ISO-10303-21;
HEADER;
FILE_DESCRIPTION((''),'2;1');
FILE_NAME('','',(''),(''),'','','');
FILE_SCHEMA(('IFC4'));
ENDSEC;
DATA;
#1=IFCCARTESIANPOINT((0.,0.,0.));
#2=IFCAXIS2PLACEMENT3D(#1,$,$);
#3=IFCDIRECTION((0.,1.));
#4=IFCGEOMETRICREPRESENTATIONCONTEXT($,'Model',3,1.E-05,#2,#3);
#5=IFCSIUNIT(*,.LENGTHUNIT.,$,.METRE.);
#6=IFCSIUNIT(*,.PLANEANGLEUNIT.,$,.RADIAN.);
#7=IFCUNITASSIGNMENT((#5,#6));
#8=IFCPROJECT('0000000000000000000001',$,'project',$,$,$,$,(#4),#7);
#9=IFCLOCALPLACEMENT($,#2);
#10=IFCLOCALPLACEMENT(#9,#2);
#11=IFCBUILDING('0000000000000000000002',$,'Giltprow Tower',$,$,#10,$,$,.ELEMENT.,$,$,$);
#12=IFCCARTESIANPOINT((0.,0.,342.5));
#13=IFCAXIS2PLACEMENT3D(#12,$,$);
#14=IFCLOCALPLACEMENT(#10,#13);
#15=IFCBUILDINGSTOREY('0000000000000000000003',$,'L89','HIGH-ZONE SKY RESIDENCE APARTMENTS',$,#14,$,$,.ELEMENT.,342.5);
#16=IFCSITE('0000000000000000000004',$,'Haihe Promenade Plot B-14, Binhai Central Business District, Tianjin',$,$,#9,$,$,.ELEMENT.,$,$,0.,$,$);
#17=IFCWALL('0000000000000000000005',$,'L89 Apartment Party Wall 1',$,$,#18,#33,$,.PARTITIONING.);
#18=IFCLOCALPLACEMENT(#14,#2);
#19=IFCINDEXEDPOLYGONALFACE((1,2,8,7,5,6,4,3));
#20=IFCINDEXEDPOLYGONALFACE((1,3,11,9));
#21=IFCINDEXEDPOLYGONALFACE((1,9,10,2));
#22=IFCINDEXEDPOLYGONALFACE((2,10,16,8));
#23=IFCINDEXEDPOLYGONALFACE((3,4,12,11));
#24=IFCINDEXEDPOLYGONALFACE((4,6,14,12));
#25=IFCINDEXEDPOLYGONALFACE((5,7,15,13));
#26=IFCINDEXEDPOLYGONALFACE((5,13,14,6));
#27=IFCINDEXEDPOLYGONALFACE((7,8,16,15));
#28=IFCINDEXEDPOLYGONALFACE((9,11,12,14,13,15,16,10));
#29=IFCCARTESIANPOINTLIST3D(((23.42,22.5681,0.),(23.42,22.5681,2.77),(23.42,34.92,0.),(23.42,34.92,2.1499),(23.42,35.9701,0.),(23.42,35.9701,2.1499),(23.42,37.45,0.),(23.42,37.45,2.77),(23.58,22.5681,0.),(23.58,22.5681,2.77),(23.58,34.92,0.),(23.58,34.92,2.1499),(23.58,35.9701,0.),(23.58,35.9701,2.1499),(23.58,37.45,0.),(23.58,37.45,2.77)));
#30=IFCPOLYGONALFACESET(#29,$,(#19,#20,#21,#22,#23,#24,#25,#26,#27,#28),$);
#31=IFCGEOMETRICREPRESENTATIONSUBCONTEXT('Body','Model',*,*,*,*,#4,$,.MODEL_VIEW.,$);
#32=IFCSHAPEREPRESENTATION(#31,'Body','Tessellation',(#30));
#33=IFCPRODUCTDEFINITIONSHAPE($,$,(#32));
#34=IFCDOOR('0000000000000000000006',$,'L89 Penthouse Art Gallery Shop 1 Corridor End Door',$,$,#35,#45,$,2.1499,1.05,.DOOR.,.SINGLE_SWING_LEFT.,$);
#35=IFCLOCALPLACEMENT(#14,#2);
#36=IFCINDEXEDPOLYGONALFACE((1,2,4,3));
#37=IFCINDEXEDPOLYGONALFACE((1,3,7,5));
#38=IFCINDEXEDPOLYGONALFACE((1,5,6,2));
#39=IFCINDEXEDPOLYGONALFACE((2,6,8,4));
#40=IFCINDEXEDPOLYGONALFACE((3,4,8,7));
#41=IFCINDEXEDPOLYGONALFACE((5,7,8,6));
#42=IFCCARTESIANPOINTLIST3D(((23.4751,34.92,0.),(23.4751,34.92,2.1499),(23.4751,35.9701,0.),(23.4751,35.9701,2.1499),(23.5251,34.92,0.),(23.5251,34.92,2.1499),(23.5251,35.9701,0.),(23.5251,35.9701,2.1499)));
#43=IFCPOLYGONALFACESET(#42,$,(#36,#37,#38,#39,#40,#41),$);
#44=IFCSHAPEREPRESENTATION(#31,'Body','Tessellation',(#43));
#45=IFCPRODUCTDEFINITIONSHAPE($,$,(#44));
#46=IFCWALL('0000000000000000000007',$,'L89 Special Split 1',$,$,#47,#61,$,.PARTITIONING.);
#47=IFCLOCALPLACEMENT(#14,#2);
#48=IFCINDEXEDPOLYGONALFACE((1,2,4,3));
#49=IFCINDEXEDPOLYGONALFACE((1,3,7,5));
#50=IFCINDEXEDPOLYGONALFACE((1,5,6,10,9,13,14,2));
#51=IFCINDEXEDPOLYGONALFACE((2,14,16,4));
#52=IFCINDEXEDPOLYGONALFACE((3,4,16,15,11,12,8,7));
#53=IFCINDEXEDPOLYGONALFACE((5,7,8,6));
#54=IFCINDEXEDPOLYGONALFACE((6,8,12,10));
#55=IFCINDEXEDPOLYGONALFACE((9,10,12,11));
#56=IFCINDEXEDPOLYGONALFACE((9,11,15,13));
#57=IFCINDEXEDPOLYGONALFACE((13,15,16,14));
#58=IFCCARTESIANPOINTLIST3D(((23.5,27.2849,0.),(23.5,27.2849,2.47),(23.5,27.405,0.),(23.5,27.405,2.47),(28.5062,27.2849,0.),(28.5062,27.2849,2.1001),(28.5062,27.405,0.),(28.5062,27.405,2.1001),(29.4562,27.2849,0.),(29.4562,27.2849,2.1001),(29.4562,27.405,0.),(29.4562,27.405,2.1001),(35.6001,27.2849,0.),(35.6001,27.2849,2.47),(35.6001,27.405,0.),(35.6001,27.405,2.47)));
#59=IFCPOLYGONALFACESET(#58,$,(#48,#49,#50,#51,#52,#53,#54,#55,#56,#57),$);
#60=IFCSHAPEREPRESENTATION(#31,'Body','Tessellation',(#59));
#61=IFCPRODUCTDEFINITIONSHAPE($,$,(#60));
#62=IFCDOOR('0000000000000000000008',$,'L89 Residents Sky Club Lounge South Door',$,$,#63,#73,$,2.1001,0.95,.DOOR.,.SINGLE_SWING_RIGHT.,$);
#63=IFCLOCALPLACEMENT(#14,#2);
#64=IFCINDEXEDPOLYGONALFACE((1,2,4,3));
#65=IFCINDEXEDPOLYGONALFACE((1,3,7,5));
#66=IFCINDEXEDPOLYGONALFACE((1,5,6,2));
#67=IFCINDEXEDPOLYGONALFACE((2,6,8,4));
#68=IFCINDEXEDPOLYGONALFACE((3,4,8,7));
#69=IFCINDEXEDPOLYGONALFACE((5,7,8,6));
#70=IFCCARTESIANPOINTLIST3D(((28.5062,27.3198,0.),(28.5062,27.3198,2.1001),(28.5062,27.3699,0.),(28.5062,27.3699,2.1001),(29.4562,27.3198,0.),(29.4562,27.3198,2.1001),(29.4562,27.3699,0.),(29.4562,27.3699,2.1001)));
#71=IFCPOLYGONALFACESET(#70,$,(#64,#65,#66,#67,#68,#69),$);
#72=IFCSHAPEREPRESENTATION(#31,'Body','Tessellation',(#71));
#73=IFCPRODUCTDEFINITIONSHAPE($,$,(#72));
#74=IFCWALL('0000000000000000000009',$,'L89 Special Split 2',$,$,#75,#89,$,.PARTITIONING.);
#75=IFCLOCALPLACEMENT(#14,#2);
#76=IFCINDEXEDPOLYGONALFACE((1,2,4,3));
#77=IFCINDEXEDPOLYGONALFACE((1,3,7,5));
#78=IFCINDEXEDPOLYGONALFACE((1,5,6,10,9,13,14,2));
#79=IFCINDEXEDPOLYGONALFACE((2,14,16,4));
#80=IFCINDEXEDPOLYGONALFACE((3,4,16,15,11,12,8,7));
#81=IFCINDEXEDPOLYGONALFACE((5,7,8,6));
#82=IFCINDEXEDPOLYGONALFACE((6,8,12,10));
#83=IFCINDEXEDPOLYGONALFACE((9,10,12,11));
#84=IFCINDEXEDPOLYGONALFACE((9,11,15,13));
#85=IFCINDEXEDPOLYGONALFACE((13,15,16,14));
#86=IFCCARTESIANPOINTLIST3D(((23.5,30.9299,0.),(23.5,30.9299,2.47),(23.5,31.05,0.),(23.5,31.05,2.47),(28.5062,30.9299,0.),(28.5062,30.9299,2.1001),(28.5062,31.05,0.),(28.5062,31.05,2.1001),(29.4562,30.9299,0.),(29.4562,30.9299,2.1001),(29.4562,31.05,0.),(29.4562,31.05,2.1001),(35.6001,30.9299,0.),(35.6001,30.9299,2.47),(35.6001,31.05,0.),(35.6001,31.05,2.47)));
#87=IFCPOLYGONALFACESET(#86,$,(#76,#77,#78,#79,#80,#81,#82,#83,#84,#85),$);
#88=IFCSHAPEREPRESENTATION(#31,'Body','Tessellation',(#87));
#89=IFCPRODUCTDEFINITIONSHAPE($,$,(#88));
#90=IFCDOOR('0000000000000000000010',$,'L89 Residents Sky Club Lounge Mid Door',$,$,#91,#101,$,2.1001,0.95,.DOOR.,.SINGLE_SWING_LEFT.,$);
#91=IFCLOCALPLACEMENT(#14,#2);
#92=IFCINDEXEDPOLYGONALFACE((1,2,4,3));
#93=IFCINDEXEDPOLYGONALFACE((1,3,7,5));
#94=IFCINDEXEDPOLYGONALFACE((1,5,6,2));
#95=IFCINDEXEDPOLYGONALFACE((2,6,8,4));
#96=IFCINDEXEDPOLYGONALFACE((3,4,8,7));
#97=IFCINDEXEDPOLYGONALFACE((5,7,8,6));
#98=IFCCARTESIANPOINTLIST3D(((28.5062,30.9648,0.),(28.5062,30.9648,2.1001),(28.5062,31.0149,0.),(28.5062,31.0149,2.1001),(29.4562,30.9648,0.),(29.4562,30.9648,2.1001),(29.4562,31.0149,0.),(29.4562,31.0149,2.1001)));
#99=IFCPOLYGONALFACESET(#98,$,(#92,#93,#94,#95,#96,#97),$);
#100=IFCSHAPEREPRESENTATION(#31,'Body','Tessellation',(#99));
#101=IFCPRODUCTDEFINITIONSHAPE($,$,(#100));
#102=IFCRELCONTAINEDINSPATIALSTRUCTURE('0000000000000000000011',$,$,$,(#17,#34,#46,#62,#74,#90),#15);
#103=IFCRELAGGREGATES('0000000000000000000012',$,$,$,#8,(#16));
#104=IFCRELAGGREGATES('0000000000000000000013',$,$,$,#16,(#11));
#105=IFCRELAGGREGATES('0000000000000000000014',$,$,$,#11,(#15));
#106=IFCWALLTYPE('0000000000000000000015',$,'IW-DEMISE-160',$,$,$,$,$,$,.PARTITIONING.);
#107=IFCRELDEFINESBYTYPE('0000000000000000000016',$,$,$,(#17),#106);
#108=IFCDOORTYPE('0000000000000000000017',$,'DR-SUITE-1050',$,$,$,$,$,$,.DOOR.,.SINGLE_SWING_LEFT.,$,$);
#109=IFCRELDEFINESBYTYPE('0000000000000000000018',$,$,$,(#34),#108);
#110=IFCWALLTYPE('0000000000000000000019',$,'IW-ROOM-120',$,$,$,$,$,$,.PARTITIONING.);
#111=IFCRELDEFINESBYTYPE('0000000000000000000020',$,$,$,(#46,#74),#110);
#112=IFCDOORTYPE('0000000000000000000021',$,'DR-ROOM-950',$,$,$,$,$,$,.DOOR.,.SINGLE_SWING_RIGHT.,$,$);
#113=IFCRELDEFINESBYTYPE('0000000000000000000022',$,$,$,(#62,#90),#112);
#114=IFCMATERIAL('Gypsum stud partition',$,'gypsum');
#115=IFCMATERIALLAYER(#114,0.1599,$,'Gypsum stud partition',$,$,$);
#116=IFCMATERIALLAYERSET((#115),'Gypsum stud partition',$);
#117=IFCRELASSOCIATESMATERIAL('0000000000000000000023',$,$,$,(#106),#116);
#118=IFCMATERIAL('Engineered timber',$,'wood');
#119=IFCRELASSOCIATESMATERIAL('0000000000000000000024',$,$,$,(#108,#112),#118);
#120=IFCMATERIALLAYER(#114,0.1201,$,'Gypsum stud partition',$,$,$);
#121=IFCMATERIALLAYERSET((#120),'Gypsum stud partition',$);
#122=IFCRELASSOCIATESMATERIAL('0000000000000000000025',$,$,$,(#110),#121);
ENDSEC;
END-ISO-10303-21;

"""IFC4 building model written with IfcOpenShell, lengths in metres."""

from ifc_helpers import new_model, si_unit, direction, frame, frame_2d, origin, place, context, subcontext, project, spatial, rectangle, extrude, source, transform, mapped, material, layer, layer_set, type_object, element, fill, save


model = new_model("IFC4")

# Units and contexts
model_context = context("Model", 3, precision=1e-05, world=origin(), true_north=direction((0.0, 1.0)))
body_context = subcontext(model_context, "Body", "Model", "MODEL_VIEW")
ifc_project = project(units=[si_unit("LENGTHUNIT", "METRE"), si_unit("PLANEANGLEUNIT", "RADIAN")], contexts=[model_context])

# Site, building, storey
site_placement = place(None, origin())
site = spatial("IfcSite", under=ifc_project, at=site_placement, Name="Haihe Promenade Plot B-14, Binhai Central Business District, Tianjin", CompositionType="ELEMENT", RefElevation=0.0)
building_placement = place(site_placement, origin())
building = spatial("IfcBuilding", under=site, at=building_placement, Name="Giltprow Tower", CompositionType="ELEMENT")
storey_placement = place(building_placement, frame((0.0, 0.0, 342.5)))
storey = spatial("IfcBuildingStorey", under=building, at=storey_placement, Name="L89", Description="HIGH-ZONE SKY RESIDENCE APARTMENTS", CompositionType="ELEMENT", Elevation=342.5)

# Walls, openings, doors
ifc_material_1 = material(Name="Gypsum stud partition", Category="gypsum")
ifc_layer_1 = layer(ifc_material_1, 0.1599, Name="Gypsum stud partition")
ifc_layer_set_1 = layer_set([ifc_layer_1], Name="Gypsum stud partition")
wall_type_1 = type_object("IfcWallType", Name="IW-DEMISE-160", PredefinedType="PARTITIONING", material=ifc_layer_set_1)
wall_1_placement = place(storey_placement, frame((23.5, 22.5681, 0.0), z_axis=(0.0, 0.0, 1.0), x_axis=(0.0, 1.0, 0.0)))
wall_1 = element("IfcWall", 1, at=wall_1_placement, inside=storey, type_object=wall_type_1, Name="L89 Apartment Party Wall 1", PredefinedType="PARTITIONING", context=body_context, shape_type="SweptSolid", body=[
    extrude(rectangle(XDim=14.8818, YDim=0.1599, at=frame_2d((7.4409, 0.0))), origin(), (0.0, 0.0, 1.0), 2.77),
])
opening_1_placement = place(wall_1_placement, frame((12.3521, 0.0, 0.0)))
opening_1 = element("IfcOpeningElement", 2, at=opening_1_placement, cuts=wall_1, PredefinedType="OPENING", context=body_context, shape_type="SweptSolid", body=[
    extrude(rectangle(XDim=1.05, YDim=2.1499, at=frame_2d((0.5249, 1.075))), frame((0.0, 0.0898, 0.0), z_axis=(0.0, -1.0, 0.0), x_axis=(1.0, 0.0, 0.0)), (0.0, 0.0, 1.0), 0.1799),
])
ifc_material_2 = material(Name="Engineered timber", Category="wood")
door_type_1 = type_object("IfcDoorType", Name="DR-SUITE-1050", OperationType="SINGLE_SWING_LEFT", PredefinedType="DOOR", material=ifc_material_2)
shared_shape_1 = source(origin(), body_context, "Body", "SweptSolid", [
    extrude(rectangle(XDim=1.05, YDim=2.1499, at=frame_2d((0.5249, 1.075))), frame((0.0, 0.0249, 0.0), z_axis=(0.0, -1.0, 0.0), x_axis=(1.0, 0.0, 0.0)), (0.0, 0.0, 1.0), 0.05),
])
door_1_placement = place(opening_1_placement, origin())
door_1 = element("IfcDoor", 3, at=door_1_placement, inside=storey, type_object=door_type_1, Name="L89 Penthouse Art Gallery Shop 1 Corridor End Door", OperationType="SINGLE_SWING_LEFT", OverallHeight=2.1499, OverallWidth=1.05, PredefinedType="DOOR", context=body_context, shape_type="MappedRepresentation", body=[
    mapped(shared_shape_1, transform((0.0, 0.0, 0.0), x_axis=(1.0, 0.0, 0.0), y_axis=(0.0, 1.0, 0.0), z_axis=(0.0, 0.0, 1.0), scale=1.0)),
])
fill(opening_1, door_1)
ifc_layer_2 = layer(ifc_material_1, 0.1201, Name="Gypsum stud partition")
ifc_layer_set_2 = layer_set([ifc_layer_2], Name="Gypsum stud partition")
wall_type_2 = type_object("IfcWallType", Name="IW-ROOM-120", PredefinedType="PARTITIONING", material=ifc_layer_set_2)
wall_2_placement = place(storey_placement, frame((23.5, 27.345, 0.0), z_axis=(0.0, 0.0, 1.0), x_axis=(1.0, 0.0, 0.0)))
wall_2 = element("IfcWall", 4, at=wall_2_placement, inside=storey, type_object=wall_type_2, Name="L89 Special Split 1", PredefinedType="PARTITIONING", context=body_context, shape_type="SweptSolid", body=[
    extrude(rectangle(XDim=12.1001, YDim=0.1201, at=frame_2d((6.05, 0.0))), origin(), (0.0, 0.0, 1.0), 2.47),
])
opening_2_placement = place(wall_2_placement, frame((5.0061, 0.0, 0.0)))
opening_2 = element("IfcOpeningElement", 5, at=opening_2_placement, cuts=wall_2, PredefinedType="OPENING", context=body_context, shape_type="SweptSolid", body=[
    extrude(rectangle(XDim=0.95, YDim=2.1001, at=frame_2d((0.4751, 1.05))), frame((0.0, 0.0701, 0.0), z_axis=(0.0, -1.0, 0.0), x_axis=(1.0, 0.0, 0.0)), (0.0, 0.0, 1.0), 0.1401),
])
door_type_2 = type_object("IfcDoorType", Name="DR-ROOM-950", OperationType="SINGLE_SWING_RIGHT", PredefinedType="DOOR", material=ifc_material_2)
shared_shape_2 = source(origin(), body_context, "Body", "SweptSolid", [
    extrude(rectangle(XDim=0.95, YDim=2.1001, at=frame_2d((0.4751, 1.05))), frame((0.0, 0.0249, 0.0), z_axis=(0.0, -1.0, 0.0), x_axis=(1.0, 0.0, 0.0)), (0.0, 0.0, 1.0), 0.05),
])
door_2_placement = place(opening_2_placement, origin())
door_2 = element("IfcDoor", 6, at=door_2_placement, inside=storey, type_object=door_type_2, Name="L89 Residents Sky Club Lounge South Door", OperationType="SINGLE_SWING_RIGHT", OverallHeight=2.1001, OverallWidth=0.95, PredefinedType="DOOR", context=body_context, shape_type="MappedRepresentation", body=[
    mapped(shared_shape_2, transform((0.0, 0.0, 0.0), x_axis=(1.0, 0.0, 0.0), y_axis=(0.0, 1.0, 0.0), z_axis=(0.0, 0.0, 1.0), scale=1.0)),
])
fill(opening_2, door_2)
wall_3_placement = place(storey_placement, frame((23.5, 30.99, 0.0), z_axis=(0.0, 0.0, 1.0), x_axis=(1.0, 0.0, 0.0)))
wall_3 = element("IfcWall", 7, at=wall_3_placement, inside=storey, type_object=wall_type_2, Name="L89 Special Split 2", PredefinedType="PARTITIONING", context=body_context, shape_type="SweptSolid", body=[
    extrude(rectangle(XDim=12.1001, YDim=0.1201, at=frame_2d((6.05, 0.0))), origin(), (0.0, 0.0, 1.0), 2.47),
])
opening_3_placement = place(wall_3_placement, frame((5.0061, 0.0, 0.0)))
opening_3 = element("IfcOpeningElement", 8, at=opening_3_placement, cuts=wall_3, PredefinedType="OPENING", context=body_context, shape_type="SweptSolid", body=[
    extrude(rectangle(XDim=0.95, YDim=2.1001, at=frame_2d((0.4751, 1.05))), frame((0.0, 0.0701, 0.0), z_axis=(0.0, -1.0, 0.0), x_axis=(1.0, 0.0, 0.0)), (0.0, 0.0, 1.0), 0.1401),
])
door_3_placement = place(opening_3_placement, origin())
door_3 = element("IfcDoor", 9, at=door_3_placement, inside=storey, type_object=door_type_2, Name="L89 Residents Sky Club Lounge Mid Door", OperationType="SINGLE_SWING_LEFT", OverallHeight=2.1001, OverallWidth=0.95, PredefinedType="DOOR", context=body_context, shape_type="MappedRepresentation", body=[
    mapped(shared_shape_2, transform((0.0, 0.0, 0.0), x_axis=(1.0, 0.0, 0.0), y_axis=(0.0, 1.0, 0.0), z_axis=(0.0, 0.0, 1.0), scale=1.0)),
])
fill(opening_3, door_3)

save(model, "model.ifc")
